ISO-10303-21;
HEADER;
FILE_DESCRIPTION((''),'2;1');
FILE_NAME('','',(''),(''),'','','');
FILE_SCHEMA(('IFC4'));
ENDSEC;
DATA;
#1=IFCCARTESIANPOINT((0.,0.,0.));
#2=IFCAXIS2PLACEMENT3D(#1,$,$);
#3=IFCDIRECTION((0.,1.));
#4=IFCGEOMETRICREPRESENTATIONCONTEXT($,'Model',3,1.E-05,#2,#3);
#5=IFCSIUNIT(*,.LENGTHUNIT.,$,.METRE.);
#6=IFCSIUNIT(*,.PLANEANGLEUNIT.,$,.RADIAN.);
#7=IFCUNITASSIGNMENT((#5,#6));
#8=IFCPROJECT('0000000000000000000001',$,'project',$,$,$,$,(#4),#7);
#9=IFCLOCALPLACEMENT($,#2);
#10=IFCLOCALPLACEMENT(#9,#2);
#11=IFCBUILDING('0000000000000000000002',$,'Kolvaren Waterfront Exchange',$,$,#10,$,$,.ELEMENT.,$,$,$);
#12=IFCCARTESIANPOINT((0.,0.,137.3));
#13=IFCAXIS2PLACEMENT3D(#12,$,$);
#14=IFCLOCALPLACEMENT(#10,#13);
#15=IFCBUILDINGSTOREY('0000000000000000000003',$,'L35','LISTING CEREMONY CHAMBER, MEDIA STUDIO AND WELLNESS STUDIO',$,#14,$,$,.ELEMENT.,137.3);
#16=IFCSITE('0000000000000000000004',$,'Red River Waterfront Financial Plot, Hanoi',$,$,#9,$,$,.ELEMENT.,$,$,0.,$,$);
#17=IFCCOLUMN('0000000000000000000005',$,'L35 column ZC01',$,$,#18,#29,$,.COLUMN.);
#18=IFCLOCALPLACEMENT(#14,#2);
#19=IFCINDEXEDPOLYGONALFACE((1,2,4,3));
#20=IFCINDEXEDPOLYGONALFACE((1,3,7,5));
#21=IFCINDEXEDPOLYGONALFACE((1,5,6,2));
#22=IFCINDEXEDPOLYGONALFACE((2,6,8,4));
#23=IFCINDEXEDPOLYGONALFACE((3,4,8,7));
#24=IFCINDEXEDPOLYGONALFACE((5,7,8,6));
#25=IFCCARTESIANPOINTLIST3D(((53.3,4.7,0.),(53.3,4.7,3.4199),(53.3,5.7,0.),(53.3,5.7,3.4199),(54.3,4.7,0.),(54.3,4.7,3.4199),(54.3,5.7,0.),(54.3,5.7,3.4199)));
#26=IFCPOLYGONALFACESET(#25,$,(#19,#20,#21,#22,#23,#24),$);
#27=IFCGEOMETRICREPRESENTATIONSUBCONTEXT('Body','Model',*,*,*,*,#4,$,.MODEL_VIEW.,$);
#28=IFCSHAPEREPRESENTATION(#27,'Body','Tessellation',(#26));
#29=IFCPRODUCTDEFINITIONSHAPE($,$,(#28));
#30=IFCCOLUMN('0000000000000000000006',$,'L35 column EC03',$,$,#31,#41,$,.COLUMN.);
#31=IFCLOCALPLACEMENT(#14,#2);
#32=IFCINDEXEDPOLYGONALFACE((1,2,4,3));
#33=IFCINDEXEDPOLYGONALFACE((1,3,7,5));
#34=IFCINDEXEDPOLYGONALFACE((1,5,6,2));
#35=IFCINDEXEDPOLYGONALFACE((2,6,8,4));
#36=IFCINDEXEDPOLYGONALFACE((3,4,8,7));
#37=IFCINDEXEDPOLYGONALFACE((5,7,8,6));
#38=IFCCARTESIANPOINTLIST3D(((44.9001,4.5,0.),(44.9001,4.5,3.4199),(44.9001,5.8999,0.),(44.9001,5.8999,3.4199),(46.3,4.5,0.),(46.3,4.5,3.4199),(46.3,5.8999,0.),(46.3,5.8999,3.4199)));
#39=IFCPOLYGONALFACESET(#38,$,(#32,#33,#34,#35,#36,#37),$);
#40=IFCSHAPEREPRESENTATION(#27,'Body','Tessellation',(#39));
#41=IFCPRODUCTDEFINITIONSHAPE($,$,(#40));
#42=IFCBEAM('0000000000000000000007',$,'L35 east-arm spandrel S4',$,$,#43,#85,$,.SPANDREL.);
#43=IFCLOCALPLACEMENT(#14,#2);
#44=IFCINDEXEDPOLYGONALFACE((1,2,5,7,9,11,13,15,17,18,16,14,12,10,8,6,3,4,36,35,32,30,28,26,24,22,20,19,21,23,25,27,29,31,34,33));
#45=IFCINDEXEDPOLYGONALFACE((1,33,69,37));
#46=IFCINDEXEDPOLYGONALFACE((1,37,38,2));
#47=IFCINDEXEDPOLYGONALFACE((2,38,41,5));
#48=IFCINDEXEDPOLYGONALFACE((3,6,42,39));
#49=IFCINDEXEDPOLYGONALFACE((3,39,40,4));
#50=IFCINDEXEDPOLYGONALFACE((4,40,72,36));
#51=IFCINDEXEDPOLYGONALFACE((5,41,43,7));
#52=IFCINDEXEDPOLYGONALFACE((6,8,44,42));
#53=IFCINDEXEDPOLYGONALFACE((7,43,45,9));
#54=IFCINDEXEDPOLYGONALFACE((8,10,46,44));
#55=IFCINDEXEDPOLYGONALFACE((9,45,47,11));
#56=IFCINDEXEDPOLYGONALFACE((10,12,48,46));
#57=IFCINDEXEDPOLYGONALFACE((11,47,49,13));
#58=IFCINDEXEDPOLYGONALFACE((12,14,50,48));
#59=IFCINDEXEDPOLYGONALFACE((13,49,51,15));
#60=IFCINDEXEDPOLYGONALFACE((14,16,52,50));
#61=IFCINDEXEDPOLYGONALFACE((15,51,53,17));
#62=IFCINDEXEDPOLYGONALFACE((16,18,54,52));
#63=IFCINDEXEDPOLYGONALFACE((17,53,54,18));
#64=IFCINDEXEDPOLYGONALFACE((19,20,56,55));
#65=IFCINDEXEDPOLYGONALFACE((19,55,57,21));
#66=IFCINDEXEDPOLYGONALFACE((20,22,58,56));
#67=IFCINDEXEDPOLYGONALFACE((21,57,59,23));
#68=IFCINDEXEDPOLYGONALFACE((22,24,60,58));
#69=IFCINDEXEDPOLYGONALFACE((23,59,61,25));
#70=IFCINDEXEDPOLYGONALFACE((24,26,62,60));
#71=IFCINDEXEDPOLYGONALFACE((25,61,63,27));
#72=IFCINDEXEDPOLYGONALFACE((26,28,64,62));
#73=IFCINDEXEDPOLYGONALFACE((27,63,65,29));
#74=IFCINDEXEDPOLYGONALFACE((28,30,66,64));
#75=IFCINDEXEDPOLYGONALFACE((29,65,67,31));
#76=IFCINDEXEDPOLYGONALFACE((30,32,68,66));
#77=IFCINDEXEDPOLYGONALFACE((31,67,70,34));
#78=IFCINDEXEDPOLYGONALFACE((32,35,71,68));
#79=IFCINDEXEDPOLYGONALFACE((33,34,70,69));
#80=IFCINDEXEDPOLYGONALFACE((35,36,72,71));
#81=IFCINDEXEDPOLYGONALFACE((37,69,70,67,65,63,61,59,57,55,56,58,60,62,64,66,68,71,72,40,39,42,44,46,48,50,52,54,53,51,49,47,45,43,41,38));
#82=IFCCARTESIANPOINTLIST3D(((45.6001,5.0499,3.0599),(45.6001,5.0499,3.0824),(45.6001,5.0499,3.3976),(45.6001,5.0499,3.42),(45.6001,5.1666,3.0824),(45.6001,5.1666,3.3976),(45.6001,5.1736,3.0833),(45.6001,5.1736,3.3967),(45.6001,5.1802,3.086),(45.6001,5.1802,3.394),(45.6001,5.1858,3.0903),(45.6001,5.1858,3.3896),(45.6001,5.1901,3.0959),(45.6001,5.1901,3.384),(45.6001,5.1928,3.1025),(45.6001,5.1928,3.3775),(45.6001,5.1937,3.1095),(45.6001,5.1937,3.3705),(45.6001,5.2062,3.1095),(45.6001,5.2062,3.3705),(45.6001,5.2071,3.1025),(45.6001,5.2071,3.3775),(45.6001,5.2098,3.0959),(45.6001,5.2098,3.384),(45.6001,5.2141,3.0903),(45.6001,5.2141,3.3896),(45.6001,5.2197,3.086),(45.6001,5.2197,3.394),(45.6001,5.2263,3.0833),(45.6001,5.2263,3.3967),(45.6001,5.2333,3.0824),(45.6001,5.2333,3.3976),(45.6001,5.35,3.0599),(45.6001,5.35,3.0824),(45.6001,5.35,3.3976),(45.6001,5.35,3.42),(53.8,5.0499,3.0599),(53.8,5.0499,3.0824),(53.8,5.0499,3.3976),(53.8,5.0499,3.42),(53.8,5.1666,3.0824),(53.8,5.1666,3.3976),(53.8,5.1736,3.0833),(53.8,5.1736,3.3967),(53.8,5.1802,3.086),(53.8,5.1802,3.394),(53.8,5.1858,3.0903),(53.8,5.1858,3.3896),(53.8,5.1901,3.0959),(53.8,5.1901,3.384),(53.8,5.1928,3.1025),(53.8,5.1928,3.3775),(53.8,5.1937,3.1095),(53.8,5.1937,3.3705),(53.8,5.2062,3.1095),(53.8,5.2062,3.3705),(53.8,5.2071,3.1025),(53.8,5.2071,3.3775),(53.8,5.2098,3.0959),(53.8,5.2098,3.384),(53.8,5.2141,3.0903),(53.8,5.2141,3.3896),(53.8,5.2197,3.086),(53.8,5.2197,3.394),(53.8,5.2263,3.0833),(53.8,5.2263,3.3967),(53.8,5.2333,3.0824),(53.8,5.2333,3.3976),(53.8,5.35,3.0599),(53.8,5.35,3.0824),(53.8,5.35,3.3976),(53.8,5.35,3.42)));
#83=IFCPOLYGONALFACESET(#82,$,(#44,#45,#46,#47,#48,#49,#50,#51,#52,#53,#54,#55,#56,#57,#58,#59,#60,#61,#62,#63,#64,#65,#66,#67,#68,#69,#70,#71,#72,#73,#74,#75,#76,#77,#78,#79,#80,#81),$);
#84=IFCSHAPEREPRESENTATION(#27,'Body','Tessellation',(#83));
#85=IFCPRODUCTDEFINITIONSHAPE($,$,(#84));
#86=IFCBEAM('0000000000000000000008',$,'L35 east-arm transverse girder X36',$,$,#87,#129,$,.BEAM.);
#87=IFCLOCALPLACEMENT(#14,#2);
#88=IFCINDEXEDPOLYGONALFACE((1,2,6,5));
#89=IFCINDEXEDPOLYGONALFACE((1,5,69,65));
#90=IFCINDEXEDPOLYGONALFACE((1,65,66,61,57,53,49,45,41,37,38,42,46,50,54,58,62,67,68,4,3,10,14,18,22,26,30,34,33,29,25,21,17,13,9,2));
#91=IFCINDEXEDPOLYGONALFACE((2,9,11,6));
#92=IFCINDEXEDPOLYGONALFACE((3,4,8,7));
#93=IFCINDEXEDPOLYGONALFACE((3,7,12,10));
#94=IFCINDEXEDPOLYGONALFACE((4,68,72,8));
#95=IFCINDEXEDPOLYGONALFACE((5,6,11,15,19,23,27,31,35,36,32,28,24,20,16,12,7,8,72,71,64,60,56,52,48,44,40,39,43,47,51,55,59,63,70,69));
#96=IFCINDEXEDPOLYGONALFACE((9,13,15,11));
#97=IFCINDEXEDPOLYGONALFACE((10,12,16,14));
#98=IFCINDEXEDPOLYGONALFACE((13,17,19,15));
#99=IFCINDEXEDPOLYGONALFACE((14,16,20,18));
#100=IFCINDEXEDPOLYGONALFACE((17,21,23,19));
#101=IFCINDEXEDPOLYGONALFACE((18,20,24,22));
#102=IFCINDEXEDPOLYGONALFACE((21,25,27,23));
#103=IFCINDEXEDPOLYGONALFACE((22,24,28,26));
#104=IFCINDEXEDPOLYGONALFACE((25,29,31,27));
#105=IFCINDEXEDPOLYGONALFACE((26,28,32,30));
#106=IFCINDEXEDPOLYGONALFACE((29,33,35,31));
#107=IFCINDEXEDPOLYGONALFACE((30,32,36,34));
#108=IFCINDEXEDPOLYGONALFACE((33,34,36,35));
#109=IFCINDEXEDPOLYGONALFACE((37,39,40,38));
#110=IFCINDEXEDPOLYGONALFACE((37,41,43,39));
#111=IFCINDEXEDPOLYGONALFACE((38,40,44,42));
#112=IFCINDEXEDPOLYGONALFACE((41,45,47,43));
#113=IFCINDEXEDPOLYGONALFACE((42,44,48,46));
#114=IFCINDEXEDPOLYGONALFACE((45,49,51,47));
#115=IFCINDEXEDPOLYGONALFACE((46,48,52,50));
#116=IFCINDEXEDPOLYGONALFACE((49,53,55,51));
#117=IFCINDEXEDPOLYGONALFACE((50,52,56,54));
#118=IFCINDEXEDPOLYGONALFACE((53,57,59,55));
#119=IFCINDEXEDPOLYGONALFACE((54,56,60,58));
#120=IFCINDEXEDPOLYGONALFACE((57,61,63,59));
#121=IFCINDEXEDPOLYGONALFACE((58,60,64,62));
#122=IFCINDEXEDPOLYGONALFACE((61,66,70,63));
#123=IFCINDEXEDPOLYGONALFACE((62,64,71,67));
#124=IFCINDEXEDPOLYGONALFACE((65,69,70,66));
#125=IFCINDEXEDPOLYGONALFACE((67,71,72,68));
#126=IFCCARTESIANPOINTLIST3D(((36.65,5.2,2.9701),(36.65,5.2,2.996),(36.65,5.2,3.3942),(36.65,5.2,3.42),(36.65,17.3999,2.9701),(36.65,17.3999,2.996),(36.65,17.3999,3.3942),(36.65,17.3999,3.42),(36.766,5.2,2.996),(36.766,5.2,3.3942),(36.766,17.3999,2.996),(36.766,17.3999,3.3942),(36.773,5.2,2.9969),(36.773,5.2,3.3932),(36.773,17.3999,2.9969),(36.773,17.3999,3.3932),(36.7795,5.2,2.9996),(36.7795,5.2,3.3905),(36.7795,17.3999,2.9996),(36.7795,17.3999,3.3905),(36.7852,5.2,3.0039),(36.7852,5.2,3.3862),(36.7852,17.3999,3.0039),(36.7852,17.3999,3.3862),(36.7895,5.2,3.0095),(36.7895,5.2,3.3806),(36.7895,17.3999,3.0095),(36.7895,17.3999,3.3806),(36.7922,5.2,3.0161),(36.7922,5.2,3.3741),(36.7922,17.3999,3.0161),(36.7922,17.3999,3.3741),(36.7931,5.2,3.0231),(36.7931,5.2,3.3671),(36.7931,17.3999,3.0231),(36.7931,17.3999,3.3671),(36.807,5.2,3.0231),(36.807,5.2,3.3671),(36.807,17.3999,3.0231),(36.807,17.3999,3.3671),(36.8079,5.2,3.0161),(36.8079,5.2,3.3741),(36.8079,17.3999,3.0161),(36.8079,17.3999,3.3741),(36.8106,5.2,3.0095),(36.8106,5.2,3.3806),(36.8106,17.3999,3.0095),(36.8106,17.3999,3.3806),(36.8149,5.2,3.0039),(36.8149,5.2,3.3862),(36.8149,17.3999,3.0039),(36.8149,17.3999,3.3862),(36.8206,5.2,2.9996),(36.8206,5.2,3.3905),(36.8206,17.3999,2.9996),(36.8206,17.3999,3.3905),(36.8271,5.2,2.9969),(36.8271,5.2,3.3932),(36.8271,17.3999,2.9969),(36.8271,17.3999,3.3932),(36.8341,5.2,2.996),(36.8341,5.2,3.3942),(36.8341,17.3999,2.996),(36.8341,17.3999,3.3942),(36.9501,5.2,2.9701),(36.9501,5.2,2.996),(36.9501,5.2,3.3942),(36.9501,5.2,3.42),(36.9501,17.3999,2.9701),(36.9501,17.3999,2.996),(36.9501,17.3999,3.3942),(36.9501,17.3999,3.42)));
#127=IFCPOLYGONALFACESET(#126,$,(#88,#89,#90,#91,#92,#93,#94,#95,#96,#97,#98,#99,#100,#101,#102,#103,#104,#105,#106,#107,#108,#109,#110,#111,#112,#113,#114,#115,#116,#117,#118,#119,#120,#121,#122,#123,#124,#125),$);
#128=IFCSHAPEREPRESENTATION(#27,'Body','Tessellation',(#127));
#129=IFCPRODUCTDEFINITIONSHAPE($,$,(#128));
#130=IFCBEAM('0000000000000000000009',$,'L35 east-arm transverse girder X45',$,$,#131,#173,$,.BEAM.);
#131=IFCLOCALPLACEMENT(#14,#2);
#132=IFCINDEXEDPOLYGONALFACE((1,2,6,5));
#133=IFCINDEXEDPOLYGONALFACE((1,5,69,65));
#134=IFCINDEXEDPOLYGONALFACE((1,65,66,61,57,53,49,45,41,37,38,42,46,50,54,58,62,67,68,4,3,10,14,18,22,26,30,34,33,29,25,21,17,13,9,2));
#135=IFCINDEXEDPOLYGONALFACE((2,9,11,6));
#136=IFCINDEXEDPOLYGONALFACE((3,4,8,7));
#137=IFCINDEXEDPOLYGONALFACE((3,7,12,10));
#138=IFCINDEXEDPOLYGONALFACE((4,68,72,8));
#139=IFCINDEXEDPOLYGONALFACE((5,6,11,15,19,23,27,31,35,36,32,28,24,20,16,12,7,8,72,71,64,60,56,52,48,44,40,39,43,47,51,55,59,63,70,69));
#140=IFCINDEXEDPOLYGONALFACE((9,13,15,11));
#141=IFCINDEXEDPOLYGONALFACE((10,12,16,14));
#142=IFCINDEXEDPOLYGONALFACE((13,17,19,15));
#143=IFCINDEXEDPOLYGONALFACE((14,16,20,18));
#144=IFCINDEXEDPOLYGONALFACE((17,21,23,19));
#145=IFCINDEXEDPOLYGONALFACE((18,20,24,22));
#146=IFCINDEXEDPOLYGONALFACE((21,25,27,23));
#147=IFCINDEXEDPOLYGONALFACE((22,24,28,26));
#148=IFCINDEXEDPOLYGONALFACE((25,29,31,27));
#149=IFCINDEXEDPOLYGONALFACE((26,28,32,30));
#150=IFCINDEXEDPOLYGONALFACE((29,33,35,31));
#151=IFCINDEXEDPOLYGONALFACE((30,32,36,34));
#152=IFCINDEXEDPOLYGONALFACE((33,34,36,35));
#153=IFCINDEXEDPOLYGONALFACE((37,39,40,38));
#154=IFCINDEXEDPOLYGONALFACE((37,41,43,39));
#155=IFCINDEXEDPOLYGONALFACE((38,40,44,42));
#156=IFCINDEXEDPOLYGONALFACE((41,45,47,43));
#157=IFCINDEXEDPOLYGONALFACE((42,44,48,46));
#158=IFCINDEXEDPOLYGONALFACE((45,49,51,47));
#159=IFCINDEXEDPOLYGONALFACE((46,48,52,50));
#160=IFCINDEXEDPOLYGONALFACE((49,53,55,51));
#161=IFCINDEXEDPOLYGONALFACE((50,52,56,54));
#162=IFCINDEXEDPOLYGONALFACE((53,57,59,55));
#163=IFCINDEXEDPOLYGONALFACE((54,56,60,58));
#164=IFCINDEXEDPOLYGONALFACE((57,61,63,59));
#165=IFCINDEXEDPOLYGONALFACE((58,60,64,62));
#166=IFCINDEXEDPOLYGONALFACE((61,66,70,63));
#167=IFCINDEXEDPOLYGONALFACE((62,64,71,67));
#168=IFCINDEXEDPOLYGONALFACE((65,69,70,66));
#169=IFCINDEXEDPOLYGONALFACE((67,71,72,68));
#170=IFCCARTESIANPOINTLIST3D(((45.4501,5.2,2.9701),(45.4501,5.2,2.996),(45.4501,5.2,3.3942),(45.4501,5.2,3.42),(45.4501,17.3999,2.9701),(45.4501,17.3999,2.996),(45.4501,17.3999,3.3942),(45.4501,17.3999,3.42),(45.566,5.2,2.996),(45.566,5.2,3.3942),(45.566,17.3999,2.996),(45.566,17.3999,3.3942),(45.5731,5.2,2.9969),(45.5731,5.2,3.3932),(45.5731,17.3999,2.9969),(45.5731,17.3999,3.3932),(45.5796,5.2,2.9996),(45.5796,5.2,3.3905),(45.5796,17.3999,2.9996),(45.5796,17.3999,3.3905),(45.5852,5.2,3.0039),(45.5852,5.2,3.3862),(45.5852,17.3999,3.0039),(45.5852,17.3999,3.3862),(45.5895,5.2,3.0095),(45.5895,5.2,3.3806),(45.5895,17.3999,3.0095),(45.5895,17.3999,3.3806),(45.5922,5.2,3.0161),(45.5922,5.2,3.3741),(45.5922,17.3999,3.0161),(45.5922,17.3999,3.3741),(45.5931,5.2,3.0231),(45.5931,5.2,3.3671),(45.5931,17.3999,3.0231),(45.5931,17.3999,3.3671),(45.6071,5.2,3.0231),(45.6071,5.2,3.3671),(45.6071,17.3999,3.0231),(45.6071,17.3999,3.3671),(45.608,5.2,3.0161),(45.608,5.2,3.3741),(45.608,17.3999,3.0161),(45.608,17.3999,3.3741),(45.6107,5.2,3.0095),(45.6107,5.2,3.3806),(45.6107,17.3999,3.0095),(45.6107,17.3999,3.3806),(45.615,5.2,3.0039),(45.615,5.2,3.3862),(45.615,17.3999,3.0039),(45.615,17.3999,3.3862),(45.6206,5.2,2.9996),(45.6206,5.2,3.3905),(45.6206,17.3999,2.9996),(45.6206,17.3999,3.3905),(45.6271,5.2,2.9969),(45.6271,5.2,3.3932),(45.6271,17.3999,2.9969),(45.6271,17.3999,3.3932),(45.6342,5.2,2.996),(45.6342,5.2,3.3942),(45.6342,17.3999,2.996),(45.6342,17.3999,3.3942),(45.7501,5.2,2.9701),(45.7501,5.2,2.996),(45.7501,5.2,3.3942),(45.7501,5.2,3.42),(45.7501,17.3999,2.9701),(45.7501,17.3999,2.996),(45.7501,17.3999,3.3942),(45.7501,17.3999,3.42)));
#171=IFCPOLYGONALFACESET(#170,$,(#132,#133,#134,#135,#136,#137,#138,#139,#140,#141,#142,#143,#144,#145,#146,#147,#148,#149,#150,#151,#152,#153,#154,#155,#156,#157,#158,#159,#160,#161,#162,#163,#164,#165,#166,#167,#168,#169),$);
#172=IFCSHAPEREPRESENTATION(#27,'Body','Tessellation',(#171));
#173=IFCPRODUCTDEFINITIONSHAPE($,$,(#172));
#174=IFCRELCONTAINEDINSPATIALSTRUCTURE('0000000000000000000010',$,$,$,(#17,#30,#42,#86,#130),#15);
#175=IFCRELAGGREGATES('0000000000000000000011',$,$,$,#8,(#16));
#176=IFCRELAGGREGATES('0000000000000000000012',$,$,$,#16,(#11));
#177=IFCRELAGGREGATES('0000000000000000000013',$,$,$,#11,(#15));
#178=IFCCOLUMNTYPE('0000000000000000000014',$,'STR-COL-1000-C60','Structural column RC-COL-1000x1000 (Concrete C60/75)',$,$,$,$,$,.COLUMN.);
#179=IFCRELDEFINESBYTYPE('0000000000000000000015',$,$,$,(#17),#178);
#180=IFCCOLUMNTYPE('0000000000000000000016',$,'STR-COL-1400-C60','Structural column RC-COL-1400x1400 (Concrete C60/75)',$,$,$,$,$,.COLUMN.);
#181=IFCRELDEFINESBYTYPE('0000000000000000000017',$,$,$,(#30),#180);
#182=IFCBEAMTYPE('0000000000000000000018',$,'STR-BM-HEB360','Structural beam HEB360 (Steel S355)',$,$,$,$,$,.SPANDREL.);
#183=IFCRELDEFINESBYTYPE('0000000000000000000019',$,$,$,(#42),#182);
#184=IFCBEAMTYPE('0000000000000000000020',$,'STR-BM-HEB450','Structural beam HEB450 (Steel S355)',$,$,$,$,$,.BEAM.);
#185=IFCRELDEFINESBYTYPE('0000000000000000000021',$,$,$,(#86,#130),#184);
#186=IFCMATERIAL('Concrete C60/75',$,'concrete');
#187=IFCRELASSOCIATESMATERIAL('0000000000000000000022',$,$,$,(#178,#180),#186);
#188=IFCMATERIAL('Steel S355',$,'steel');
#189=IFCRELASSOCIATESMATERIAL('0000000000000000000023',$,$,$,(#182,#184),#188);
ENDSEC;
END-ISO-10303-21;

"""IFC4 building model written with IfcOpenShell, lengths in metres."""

from ifc_helpers import new_model, si_unit, direction, frame, origin, origin_2d, place, context, subcontext, project, spatial, rectangle, i_section, extrude, material, material_profile, profile_set, type_object, element, save


model = new_model("IFC4")

# Units and contexts
model_context = context("Model", 3, precision=1e-05, world=origin(), true_north=direction((0.0, 1.0)))
body_context = subcontext(model_context, "Body", "Model", "MODEL_VIEW")
ifc_project = project(units=[si_unit("LENGTHUNIT", "METRE"), si_unit("PLANEANGLEUNIT", "RADIAN")], contexts=[model_context])

# Site, building, storey
site_placement = place(None, origin())
site = spatial("IfcSite", under=ifc_project, at=site_placement, Name="Red River Waterfront Financial Plot, Hanoi", CompositionType="ELEMENT", RefElevation=0.0)
building_placement = place(site_placement, origin())
building = spatial("IfcBuilding", under=site, at=building_placement, Name="Kolvaren Waterfront Exchange", CompositionType="ELEMENT")
storey_placement = place(building_placement, frame((0.0, 0.0, 137.3)))
storey = spatial("IfcBuildingStorey", under=building, at=storey_placement, Name="L35", Description="LISTING CEREMONY CHAMBER, MEDIA STUDIO AND WELLNESS STUDIO", CompositionType="ELEMENT", Elevation=137.3)

# Columns
ifc_material_1 = material(Name="Concrete C60/75", Category="concrete")
ifc_material_profile_1 = material_profile(ifc_material_1, rectangle(XDim=1.0, YDim=1.0, at=origin_2d()), Name="RC-COL-1000x1000")
ifc_profile_set_1 = profile_set([ifc_material_profile_1], Name="Concrete C60/75")
column_type_1 = type_object("IfcColumnType", Name="STR-COL-1000-C60", Description="Structural column RC-COL-1000x1000 (Concrete C60/75)", PredefinedType="COLUMN", material=ifc_profile_set_1)
column_1_placement = place(storey_placement, frame((53.8, 5.2, 0.0), z_axis=(0.0, 0.0, 1.0), x_axis=(1.0, 0.0, 0.0)))
element("IfcColumn", 1, at=column_1_placement, inside=storey, type_object=column_type_1, Name="L35 column ZC01", PredefinedType="COLUMN", context=body_context, shape_type="SweptSolid", body=[
    extrude(rectangle(XDim=1.0, YDim=1.0, at=origin_2d()), origin(), (0.0, 0.0, 1.0), 3.4199),
])
ifc_material_profile_2 = material_profile(ifc_material_1, rectangle(XDim=1.3999, YDim=1.3999, at=origin_2d()), Name="RC-COL-1400x1400")
ifc_profile_set_2 = profile_set([ifc_material_profile_2], Name="Concrete C60/75")
column_type_2 = type_object("IfcColumnType", Name="STR-COL-1400-C60", Description="Structural column RC-COL-1400x1400 (Concrete C60/75)", PredefinedType="COLUMN", material=ifc_profile_set_2)
column_2_placement = place(storey_placement, frame((45.6001, 5.2, 0.0), z_axis=(0.0, 0.0, 1.0), x_axis=(1.0, 0.0, 0.0)))
element("IfcColumn", 2, at=column_2_placement, inside=storey, type_object=column_type_2, Name="L35 column EC03", PredefinedType="COLUMN", context=body_context, shape_type="SweptSolid", body=[
    extrude(rectangle(XDim=1.3999, YDim=1.3999, at=origin_2d()), origin(), (0.0, 0.0, 1.0), 3.4199),
])

# Beams
ifc_material_2 = material(Name="Steel S355", Category="steel")
ifc_material_profile_3 = material_profile(ifc_material_2, i_section(OverallWidth=0.3, OverallDepth=0.3601, WebThickness=0.0125, FlangeThickness=0.0225, FilletRadius=0.0271, at=origin_2d()), Name="HEB360")
ifc_profile_set_3 = profile_set([ifc_material_profile_3], Name="Steel S355")
beam_type_1 = type_object("IfcBeamType", Name="STR-BM-HEB360", Description="Structural beam HEB360 (Steel S355)", PredefinedType="SPANDREL", material=ifc_profile_set_3)
beam_1_placement = place(storey_placement, frame((45.6001, 5.2, 3.24), z_axis=(1.0, 0.0, 0.0), x_axis=(0.0, 1.0, 0.0)))
element("IfcBeam", 3, at=beam_1_placement, inside=storey, type_object=beam_type_1, Name="L35 east-arm spandrel S4", PredefinedType="SPANDREL", context=body_context, shape_type="SweptSolid", body=[
    extrude(i_section(OverallWidth=0.3, OverallDepth=0.3601, WebThickness=0.0125, FlangeThickness=0.0225, FilletRadius=0.0271, at=origin_2d()), origin(), (0.0, 0.0, 1.0), 8.2),
])
ifc_material_profile_4 = material_profile(ifc_material_2, i_section(OverallWidth=0.3, OverallDepth=0.45, WebThickness=0.0139, FlangeThickness=0.0259, FilletRadius=0.0271, at=origin_2d()), Name="HEB450")
ifc_profile_set_4 = profile_set([ifc_material_profile_4], Name="Steel S355")
beam_type_2 = type_object("IfcBeamType", Name="STR-BM-HEB450", Description="Structural beam HEB450 (Steel S355)", PredefinedType="BEAM", material=ifc_profile_set_4)
for number, where, z_axis, x_axis, name in (
    (4, (36.8, 5.2, 3.1951), (0.0, 1.0, 0.0), (-1.0, 0.0, 0.0), "L35 east-arm transverse girder X36"),
    (5, (45.6001, 5.2, 3.1951), (0.0, 1.0, 0.0), (-1.0, 0.0, 0.0), "L35 east-arm transverse girder X45"),
):
    element("IfcBeam", number, at=place(storey_placement, frame(where, z_axis=z_axis, x_axis=x_axis)), inside=storey, type_object=beam_type_2, Name=name, PredefinedType="BEAM", context=body_context, shape_type="SweptSolid", body=[
        extrude(i_section(OverallWidth=0.3, OverallDepth=0.45, WebThickness=0.0139, FlangeThickness=0.0259, FilletRadius=0.0271, at=origin_2d()), origin(), (0.0, 0.0, 1.0), 12.2),
    ])

save(model, "model.ifc")
